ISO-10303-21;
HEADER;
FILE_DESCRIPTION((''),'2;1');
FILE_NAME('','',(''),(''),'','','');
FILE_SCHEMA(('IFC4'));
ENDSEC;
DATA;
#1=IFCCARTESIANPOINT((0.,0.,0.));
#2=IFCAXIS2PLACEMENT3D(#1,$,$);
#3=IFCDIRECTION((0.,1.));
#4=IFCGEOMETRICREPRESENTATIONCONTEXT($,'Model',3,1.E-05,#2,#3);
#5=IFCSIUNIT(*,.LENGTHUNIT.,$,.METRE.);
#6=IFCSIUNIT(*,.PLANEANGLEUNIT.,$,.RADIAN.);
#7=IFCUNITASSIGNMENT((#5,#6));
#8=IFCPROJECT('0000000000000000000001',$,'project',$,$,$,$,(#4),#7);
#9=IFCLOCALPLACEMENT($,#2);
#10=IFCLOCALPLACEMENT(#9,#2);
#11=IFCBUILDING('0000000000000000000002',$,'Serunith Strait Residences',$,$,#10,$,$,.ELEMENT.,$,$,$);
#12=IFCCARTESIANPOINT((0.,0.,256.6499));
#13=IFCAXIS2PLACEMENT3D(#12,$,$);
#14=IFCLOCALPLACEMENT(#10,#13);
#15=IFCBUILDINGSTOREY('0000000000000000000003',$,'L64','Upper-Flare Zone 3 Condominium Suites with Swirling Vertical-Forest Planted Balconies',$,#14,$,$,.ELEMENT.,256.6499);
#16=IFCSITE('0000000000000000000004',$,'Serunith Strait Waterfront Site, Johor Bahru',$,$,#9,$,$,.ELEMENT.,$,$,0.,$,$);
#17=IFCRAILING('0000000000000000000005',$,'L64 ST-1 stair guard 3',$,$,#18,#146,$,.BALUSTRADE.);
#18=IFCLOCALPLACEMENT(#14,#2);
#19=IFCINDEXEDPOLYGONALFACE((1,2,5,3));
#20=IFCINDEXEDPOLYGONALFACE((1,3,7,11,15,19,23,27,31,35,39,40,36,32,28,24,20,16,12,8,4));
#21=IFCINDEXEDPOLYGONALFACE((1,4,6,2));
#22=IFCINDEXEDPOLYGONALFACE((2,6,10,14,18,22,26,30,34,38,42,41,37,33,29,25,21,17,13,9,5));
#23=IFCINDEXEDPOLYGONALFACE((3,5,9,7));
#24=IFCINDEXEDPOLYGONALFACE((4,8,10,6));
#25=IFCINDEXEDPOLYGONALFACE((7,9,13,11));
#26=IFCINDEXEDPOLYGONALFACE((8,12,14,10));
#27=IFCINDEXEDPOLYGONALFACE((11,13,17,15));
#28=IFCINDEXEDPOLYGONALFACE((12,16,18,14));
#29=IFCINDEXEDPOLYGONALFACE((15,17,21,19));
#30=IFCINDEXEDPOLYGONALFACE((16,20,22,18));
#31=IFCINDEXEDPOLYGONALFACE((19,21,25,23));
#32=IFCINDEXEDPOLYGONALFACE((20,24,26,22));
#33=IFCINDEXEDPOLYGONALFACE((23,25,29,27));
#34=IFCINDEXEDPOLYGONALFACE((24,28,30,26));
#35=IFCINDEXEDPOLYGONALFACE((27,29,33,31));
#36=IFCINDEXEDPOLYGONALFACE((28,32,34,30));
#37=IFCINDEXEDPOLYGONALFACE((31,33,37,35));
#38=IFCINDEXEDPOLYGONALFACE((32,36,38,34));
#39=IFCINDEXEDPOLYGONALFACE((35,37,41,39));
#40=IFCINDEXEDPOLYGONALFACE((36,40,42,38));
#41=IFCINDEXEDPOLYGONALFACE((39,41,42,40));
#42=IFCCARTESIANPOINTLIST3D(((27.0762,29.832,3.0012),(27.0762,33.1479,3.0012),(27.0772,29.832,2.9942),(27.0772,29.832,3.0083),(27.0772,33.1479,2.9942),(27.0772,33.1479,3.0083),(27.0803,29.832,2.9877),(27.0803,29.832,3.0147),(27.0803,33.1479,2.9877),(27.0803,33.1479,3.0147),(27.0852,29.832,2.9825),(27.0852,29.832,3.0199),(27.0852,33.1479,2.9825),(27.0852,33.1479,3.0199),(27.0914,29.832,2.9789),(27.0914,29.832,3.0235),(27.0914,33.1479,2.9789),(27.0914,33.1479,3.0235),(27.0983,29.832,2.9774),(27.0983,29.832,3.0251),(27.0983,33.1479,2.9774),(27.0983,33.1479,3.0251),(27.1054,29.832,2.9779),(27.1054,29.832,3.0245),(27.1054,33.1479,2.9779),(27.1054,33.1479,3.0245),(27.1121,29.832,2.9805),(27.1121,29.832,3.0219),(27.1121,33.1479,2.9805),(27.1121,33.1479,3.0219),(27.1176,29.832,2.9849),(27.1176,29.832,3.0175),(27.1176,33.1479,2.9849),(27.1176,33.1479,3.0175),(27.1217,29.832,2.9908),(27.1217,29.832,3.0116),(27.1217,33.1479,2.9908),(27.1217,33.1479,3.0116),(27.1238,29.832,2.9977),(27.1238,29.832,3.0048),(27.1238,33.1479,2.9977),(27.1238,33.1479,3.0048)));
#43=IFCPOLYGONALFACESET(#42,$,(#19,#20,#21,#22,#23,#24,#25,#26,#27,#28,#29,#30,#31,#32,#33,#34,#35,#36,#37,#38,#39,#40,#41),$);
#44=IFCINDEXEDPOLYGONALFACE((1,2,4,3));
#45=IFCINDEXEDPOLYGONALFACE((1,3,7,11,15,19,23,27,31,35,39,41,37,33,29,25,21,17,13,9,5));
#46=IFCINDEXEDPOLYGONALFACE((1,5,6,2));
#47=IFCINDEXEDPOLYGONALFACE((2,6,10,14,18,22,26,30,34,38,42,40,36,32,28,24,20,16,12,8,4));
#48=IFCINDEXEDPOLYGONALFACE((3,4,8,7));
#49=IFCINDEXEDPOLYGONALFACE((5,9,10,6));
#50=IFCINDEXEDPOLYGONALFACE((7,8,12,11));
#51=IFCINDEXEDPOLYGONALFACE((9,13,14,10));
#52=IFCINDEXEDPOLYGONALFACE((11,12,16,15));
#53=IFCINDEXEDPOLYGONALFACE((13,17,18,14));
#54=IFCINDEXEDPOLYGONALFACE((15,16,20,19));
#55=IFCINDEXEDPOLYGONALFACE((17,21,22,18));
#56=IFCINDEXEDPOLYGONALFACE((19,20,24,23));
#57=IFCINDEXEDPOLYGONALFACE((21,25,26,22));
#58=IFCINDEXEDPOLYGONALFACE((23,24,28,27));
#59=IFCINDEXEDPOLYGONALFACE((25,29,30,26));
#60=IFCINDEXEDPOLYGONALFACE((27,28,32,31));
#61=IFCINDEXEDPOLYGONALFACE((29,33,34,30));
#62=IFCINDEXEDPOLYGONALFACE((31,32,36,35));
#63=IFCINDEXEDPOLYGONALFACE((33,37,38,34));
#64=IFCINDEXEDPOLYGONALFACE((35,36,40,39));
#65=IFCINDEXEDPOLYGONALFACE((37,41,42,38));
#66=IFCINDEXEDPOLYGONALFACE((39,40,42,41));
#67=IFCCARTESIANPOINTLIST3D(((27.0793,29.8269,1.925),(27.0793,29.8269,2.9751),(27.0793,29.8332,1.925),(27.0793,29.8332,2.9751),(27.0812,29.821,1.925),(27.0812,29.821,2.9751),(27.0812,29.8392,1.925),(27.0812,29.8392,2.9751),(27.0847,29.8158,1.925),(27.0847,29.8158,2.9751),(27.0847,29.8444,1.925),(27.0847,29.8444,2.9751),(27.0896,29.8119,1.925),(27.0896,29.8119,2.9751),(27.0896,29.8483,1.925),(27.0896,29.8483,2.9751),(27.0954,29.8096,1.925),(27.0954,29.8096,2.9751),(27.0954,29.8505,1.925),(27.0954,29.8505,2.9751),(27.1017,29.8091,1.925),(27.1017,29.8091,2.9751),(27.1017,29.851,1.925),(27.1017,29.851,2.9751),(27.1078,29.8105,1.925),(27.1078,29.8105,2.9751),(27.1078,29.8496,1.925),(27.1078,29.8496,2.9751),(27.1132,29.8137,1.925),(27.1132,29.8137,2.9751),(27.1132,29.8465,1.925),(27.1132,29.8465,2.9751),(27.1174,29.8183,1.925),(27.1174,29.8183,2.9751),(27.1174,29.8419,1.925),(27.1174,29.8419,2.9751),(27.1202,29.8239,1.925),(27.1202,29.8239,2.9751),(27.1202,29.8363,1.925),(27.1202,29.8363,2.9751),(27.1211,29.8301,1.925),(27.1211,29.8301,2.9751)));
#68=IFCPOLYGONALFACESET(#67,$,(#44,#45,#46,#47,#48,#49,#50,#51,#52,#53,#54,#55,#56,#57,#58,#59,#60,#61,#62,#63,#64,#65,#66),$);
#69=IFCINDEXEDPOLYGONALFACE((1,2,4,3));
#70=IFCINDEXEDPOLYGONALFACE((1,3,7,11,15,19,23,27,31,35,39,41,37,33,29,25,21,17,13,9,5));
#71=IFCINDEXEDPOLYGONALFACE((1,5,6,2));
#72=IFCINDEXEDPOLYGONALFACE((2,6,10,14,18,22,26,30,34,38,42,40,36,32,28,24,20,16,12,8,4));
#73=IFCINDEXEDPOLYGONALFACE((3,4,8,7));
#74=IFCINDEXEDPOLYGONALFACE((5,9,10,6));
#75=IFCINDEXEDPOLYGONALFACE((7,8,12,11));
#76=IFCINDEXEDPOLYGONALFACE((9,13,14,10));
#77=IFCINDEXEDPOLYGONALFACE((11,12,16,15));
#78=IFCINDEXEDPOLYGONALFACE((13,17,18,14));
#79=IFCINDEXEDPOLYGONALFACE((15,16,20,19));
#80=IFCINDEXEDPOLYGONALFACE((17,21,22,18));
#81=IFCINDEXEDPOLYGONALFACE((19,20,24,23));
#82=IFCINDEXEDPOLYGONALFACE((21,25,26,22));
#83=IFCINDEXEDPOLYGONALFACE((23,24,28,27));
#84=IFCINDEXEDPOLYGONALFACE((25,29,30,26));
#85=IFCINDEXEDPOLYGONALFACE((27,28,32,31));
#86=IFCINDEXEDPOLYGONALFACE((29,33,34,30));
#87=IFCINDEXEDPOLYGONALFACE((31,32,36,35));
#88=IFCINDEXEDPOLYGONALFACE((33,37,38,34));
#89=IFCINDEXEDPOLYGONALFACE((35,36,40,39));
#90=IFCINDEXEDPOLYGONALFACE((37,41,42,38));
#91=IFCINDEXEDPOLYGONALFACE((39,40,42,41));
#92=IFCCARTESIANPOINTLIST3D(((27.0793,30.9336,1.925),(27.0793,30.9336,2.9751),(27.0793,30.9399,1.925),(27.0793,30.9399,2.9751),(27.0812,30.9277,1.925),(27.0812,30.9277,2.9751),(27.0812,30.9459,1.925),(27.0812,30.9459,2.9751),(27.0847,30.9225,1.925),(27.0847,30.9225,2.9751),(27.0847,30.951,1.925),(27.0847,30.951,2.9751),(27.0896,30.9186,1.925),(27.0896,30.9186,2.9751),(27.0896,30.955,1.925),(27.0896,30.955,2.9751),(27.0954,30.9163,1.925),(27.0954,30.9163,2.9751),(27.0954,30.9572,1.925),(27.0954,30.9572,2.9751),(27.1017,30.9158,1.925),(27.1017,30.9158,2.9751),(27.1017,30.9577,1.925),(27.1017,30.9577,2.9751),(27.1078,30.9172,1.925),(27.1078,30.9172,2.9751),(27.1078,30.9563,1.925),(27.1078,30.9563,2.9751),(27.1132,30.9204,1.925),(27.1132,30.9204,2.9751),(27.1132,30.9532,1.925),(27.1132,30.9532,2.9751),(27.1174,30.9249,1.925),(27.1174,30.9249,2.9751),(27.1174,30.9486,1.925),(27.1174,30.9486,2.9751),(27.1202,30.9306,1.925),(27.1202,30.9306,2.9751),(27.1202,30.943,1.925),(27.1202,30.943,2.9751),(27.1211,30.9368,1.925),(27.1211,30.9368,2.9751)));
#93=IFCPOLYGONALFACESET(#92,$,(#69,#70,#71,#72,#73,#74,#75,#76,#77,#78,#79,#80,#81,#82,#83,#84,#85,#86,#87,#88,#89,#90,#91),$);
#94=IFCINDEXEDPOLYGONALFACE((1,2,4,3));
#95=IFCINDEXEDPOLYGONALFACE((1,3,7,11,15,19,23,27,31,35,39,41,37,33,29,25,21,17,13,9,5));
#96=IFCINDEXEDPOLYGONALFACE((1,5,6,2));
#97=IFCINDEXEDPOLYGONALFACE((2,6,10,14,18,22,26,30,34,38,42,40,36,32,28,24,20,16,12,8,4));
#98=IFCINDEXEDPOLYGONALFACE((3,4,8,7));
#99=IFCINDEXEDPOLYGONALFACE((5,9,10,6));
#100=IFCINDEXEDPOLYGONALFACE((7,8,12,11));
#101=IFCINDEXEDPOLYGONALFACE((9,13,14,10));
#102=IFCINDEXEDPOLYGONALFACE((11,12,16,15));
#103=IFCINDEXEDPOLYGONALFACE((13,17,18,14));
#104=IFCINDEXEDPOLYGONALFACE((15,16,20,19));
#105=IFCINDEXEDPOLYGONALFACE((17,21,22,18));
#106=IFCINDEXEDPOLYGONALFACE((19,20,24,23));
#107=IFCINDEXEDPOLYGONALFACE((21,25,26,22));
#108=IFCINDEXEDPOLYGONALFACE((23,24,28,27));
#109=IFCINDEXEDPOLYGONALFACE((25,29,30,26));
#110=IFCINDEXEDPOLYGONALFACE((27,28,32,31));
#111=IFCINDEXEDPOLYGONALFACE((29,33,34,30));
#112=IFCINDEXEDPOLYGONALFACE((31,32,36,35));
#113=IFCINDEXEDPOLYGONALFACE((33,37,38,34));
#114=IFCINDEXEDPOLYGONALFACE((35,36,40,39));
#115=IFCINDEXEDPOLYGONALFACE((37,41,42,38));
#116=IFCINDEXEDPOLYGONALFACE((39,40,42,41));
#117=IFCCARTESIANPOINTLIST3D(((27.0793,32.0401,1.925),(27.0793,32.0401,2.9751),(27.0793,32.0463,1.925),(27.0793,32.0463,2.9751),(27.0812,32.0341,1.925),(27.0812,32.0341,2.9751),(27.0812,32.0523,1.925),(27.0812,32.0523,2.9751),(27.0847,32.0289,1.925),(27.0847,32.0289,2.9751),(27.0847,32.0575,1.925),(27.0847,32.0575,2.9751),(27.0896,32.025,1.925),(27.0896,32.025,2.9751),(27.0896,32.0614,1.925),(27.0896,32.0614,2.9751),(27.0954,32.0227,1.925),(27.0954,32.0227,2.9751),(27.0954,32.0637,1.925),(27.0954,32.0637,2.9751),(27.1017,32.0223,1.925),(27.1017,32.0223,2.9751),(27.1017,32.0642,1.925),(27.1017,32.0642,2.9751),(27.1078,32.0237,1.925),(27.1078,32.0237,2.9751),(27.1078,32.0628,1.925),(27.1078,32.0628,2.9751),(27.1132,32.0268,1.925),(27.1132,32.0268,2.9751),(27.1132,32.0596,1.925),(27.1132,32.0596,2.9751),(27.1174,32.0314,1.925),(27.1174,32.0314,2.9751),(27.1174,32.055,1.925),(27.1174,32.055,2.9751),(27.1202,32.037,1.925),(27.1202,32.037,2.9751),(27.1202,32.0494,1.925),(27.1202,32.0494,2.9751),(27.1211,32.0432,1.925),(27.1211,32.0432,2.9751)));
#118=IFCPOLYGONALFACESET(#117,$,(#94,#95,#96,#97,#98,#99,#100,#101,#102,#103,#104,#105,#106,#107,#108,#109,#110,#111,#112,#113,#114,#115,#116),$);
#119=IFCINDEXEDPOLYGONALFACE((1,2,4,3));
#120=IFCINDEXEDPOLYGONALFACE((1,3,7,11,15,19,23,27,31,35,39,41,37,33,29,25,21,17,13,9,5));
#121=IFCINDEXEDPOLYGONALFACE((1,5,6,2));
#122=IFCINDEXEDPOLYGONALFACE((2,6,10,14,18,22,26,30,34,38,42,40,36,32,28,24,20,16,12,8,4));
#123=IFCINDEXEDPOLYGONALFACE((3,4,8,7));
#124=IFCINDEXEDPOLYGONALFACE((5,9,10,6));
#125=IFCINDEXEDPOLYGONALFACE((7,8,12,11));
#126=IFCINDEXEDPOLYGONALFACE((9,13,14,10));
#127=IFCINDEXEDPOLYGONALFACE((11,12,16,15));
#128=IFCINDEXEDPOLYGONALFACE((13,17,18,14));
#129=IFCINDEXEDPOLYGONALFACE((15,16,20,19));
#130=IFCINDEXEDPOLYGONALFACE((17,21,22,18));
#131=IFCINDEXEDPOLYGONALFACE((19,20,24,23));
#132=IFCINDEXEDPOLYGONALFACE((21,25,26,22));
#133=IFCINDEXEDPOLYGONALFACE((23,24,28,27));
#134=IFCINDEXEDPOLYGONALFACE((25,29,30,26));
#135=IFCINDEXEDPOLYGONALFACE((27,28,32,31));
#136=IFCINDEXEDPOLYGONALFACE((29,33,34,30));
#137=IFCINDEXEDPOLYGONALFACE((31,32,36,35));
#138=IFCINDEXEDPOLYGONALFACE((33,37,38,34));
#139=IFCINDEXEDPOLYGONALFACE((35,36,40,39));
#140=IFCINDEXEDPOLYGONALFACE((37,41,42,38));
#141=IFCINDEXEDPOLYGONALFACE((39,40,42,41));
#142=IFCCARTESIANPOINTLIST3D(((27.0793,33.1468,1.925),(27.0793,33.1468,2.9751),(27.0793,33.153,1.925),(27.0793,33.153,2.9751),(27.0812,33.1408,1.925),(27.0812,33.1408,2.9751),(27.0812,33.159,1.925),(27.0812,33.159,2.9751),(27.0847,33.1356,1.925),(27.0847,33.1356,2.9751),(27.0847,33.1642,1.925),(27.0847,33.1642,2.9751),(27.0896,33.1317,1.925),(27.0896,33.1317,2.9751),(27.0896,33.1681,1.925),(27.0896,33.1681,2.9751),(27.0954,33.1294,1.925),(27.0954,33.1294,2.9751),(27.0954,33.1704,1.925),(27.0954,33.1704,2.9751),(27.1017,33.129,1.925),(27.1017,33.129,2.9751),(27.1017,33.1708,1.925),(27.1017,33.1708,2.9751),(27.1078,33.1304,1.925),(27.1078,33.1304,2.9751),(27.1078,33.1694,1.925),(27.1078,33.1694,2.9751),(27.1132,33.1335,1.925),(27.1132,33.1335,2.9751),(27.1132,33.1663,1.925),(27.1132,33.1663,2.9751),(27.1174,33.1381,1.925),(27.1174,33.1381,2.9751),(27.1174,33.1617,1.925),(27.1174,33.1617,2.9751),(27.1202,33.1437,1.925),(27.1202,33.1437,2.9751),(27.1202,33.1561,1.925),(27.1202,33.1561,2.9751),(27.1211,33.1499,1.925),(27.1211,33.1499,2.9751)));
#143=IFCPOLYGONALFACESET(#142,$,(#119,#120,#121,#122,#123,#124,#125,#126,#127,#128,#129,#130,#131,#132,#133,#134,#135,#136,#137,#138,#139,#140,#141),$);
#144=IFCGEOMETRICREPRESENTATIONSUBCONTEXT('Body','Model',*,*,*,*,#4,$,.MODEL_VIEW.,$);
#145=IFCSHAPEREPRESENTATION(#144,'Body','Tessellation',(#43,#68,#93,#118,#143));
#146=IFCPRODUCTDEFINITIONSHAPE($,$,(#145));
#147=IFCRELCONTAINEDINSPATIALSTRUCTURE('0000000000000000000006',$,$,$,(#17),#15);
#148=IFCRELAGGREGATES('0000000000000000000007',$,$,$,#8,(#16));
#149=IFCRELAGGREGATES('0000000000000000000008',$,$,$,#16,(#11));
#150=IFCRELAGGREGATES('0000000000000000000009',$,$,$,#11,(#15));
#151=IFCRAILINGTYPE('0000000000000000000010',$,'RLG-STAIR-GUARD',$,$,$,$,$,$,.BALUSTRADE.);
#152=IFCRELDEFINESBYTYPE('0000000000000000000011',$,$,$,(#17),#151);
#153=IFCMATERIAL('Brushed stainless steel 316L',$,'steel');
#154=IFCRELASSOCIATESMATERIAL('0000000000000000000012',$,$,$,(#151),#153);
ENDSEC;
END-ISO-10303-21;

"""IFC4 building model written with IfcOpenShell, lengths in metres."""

from ifc_helpers import new_model, si_unit, direction, frame, origin, origin_2d, place, context, subcontext, project, spatial, circle, extrude, material, type_object, element, save


model = new_model("IFC4")

# Units and contexts
model_context = context("Model", 3, precision=1e-05, world=origin(), true_north=direction((0.0, 1.0)))
body_context = subcontext(model_context, "Body", "Model", "MODEL_VIEW")
ifc_project = project(units=[si_unit("LENGTHUNIT", "METRE"), si_unit("PLANEANGLEUNIT", "RADIAN")], contexts=[model_context])

# Site, building, storey
site_placement = place(None, origin())
site = spatial("IfcSite", under=ifc_project, at=site_placement, Name="Serunith Strait Waterfront Site, Johor Bahru", CompositionType="ELEMENT", RefElevation=0.0)
building_placement = place(site_placement, origin())
building = spatial("IfcBuilding", under=site, at=building_placement, Name="Serunith Strait Residences", CompositionType="ELEMENT")
storey_placement = place(building_placement, frame((0.0, 0.0, 256.6499)))
storey = spatial("IfcBuildingStorey", under=building, at=storey_placement, Name="L64", Description="Upper-Flare Zone 3 Condominium Suites with Swirling Vertical-Forest Planted Balconies", CompositionType="ELEMENT", Elevation=256.6499)

# Railing
ifc_material_1 = material(Name="Brushed stainless steel 316L", Category="steel")
railing_type_1 = type_object("IfcRailingType", Name="RLG-STAIR-GUARD", PredefinedType="BALUSTRADE", material=ifc_material_1)
for number, where, name in (
    (1, (27.1001, 29.8301, 1.925), "L64 ST-1 stair guard 3"),
):
    element("IfcRailing", number, at=place(storey_placement, frame(where)), inside=storey, type_object=railing_type_1, Name=name, PredefinedType="BALUSTRADE", context=body_context, shape_type="SweptSolid", body=[
        extrude(circle(Radius=0.0239, at=origin_2d()), frame((0.0, 0.002, 1.0762), z_axis=(0.0, 1.0, 0.0), x_axis=(-1.0, 0.0, 0.0)), (0.0, 0.0, 1.0), 3.3159),
        extrude(circle(Radius=0.021, at=origin_2d()), origin(), (0.0, 0.0, 1.0), 1.05),
        extrude(circle(Radius=0.021, at=origin_2d()), frame((0.0, 1.1067, 0.0)), (0.0, 0.0, 1.0), 1.05),
        extrude(circle(Radius=0.021, at=origin_2d()), frame((0.0, 2.2131, 0.0)), (0.0, 0.0, 1.0), 1.05),
        extrude(circle(Radius=0.021, at=origin_2d()), frame((0.0, 3.3198, 0.0)), (0.0, 0.0, 1.0), 1.05),
    ])

save(model, "model.ifc")
